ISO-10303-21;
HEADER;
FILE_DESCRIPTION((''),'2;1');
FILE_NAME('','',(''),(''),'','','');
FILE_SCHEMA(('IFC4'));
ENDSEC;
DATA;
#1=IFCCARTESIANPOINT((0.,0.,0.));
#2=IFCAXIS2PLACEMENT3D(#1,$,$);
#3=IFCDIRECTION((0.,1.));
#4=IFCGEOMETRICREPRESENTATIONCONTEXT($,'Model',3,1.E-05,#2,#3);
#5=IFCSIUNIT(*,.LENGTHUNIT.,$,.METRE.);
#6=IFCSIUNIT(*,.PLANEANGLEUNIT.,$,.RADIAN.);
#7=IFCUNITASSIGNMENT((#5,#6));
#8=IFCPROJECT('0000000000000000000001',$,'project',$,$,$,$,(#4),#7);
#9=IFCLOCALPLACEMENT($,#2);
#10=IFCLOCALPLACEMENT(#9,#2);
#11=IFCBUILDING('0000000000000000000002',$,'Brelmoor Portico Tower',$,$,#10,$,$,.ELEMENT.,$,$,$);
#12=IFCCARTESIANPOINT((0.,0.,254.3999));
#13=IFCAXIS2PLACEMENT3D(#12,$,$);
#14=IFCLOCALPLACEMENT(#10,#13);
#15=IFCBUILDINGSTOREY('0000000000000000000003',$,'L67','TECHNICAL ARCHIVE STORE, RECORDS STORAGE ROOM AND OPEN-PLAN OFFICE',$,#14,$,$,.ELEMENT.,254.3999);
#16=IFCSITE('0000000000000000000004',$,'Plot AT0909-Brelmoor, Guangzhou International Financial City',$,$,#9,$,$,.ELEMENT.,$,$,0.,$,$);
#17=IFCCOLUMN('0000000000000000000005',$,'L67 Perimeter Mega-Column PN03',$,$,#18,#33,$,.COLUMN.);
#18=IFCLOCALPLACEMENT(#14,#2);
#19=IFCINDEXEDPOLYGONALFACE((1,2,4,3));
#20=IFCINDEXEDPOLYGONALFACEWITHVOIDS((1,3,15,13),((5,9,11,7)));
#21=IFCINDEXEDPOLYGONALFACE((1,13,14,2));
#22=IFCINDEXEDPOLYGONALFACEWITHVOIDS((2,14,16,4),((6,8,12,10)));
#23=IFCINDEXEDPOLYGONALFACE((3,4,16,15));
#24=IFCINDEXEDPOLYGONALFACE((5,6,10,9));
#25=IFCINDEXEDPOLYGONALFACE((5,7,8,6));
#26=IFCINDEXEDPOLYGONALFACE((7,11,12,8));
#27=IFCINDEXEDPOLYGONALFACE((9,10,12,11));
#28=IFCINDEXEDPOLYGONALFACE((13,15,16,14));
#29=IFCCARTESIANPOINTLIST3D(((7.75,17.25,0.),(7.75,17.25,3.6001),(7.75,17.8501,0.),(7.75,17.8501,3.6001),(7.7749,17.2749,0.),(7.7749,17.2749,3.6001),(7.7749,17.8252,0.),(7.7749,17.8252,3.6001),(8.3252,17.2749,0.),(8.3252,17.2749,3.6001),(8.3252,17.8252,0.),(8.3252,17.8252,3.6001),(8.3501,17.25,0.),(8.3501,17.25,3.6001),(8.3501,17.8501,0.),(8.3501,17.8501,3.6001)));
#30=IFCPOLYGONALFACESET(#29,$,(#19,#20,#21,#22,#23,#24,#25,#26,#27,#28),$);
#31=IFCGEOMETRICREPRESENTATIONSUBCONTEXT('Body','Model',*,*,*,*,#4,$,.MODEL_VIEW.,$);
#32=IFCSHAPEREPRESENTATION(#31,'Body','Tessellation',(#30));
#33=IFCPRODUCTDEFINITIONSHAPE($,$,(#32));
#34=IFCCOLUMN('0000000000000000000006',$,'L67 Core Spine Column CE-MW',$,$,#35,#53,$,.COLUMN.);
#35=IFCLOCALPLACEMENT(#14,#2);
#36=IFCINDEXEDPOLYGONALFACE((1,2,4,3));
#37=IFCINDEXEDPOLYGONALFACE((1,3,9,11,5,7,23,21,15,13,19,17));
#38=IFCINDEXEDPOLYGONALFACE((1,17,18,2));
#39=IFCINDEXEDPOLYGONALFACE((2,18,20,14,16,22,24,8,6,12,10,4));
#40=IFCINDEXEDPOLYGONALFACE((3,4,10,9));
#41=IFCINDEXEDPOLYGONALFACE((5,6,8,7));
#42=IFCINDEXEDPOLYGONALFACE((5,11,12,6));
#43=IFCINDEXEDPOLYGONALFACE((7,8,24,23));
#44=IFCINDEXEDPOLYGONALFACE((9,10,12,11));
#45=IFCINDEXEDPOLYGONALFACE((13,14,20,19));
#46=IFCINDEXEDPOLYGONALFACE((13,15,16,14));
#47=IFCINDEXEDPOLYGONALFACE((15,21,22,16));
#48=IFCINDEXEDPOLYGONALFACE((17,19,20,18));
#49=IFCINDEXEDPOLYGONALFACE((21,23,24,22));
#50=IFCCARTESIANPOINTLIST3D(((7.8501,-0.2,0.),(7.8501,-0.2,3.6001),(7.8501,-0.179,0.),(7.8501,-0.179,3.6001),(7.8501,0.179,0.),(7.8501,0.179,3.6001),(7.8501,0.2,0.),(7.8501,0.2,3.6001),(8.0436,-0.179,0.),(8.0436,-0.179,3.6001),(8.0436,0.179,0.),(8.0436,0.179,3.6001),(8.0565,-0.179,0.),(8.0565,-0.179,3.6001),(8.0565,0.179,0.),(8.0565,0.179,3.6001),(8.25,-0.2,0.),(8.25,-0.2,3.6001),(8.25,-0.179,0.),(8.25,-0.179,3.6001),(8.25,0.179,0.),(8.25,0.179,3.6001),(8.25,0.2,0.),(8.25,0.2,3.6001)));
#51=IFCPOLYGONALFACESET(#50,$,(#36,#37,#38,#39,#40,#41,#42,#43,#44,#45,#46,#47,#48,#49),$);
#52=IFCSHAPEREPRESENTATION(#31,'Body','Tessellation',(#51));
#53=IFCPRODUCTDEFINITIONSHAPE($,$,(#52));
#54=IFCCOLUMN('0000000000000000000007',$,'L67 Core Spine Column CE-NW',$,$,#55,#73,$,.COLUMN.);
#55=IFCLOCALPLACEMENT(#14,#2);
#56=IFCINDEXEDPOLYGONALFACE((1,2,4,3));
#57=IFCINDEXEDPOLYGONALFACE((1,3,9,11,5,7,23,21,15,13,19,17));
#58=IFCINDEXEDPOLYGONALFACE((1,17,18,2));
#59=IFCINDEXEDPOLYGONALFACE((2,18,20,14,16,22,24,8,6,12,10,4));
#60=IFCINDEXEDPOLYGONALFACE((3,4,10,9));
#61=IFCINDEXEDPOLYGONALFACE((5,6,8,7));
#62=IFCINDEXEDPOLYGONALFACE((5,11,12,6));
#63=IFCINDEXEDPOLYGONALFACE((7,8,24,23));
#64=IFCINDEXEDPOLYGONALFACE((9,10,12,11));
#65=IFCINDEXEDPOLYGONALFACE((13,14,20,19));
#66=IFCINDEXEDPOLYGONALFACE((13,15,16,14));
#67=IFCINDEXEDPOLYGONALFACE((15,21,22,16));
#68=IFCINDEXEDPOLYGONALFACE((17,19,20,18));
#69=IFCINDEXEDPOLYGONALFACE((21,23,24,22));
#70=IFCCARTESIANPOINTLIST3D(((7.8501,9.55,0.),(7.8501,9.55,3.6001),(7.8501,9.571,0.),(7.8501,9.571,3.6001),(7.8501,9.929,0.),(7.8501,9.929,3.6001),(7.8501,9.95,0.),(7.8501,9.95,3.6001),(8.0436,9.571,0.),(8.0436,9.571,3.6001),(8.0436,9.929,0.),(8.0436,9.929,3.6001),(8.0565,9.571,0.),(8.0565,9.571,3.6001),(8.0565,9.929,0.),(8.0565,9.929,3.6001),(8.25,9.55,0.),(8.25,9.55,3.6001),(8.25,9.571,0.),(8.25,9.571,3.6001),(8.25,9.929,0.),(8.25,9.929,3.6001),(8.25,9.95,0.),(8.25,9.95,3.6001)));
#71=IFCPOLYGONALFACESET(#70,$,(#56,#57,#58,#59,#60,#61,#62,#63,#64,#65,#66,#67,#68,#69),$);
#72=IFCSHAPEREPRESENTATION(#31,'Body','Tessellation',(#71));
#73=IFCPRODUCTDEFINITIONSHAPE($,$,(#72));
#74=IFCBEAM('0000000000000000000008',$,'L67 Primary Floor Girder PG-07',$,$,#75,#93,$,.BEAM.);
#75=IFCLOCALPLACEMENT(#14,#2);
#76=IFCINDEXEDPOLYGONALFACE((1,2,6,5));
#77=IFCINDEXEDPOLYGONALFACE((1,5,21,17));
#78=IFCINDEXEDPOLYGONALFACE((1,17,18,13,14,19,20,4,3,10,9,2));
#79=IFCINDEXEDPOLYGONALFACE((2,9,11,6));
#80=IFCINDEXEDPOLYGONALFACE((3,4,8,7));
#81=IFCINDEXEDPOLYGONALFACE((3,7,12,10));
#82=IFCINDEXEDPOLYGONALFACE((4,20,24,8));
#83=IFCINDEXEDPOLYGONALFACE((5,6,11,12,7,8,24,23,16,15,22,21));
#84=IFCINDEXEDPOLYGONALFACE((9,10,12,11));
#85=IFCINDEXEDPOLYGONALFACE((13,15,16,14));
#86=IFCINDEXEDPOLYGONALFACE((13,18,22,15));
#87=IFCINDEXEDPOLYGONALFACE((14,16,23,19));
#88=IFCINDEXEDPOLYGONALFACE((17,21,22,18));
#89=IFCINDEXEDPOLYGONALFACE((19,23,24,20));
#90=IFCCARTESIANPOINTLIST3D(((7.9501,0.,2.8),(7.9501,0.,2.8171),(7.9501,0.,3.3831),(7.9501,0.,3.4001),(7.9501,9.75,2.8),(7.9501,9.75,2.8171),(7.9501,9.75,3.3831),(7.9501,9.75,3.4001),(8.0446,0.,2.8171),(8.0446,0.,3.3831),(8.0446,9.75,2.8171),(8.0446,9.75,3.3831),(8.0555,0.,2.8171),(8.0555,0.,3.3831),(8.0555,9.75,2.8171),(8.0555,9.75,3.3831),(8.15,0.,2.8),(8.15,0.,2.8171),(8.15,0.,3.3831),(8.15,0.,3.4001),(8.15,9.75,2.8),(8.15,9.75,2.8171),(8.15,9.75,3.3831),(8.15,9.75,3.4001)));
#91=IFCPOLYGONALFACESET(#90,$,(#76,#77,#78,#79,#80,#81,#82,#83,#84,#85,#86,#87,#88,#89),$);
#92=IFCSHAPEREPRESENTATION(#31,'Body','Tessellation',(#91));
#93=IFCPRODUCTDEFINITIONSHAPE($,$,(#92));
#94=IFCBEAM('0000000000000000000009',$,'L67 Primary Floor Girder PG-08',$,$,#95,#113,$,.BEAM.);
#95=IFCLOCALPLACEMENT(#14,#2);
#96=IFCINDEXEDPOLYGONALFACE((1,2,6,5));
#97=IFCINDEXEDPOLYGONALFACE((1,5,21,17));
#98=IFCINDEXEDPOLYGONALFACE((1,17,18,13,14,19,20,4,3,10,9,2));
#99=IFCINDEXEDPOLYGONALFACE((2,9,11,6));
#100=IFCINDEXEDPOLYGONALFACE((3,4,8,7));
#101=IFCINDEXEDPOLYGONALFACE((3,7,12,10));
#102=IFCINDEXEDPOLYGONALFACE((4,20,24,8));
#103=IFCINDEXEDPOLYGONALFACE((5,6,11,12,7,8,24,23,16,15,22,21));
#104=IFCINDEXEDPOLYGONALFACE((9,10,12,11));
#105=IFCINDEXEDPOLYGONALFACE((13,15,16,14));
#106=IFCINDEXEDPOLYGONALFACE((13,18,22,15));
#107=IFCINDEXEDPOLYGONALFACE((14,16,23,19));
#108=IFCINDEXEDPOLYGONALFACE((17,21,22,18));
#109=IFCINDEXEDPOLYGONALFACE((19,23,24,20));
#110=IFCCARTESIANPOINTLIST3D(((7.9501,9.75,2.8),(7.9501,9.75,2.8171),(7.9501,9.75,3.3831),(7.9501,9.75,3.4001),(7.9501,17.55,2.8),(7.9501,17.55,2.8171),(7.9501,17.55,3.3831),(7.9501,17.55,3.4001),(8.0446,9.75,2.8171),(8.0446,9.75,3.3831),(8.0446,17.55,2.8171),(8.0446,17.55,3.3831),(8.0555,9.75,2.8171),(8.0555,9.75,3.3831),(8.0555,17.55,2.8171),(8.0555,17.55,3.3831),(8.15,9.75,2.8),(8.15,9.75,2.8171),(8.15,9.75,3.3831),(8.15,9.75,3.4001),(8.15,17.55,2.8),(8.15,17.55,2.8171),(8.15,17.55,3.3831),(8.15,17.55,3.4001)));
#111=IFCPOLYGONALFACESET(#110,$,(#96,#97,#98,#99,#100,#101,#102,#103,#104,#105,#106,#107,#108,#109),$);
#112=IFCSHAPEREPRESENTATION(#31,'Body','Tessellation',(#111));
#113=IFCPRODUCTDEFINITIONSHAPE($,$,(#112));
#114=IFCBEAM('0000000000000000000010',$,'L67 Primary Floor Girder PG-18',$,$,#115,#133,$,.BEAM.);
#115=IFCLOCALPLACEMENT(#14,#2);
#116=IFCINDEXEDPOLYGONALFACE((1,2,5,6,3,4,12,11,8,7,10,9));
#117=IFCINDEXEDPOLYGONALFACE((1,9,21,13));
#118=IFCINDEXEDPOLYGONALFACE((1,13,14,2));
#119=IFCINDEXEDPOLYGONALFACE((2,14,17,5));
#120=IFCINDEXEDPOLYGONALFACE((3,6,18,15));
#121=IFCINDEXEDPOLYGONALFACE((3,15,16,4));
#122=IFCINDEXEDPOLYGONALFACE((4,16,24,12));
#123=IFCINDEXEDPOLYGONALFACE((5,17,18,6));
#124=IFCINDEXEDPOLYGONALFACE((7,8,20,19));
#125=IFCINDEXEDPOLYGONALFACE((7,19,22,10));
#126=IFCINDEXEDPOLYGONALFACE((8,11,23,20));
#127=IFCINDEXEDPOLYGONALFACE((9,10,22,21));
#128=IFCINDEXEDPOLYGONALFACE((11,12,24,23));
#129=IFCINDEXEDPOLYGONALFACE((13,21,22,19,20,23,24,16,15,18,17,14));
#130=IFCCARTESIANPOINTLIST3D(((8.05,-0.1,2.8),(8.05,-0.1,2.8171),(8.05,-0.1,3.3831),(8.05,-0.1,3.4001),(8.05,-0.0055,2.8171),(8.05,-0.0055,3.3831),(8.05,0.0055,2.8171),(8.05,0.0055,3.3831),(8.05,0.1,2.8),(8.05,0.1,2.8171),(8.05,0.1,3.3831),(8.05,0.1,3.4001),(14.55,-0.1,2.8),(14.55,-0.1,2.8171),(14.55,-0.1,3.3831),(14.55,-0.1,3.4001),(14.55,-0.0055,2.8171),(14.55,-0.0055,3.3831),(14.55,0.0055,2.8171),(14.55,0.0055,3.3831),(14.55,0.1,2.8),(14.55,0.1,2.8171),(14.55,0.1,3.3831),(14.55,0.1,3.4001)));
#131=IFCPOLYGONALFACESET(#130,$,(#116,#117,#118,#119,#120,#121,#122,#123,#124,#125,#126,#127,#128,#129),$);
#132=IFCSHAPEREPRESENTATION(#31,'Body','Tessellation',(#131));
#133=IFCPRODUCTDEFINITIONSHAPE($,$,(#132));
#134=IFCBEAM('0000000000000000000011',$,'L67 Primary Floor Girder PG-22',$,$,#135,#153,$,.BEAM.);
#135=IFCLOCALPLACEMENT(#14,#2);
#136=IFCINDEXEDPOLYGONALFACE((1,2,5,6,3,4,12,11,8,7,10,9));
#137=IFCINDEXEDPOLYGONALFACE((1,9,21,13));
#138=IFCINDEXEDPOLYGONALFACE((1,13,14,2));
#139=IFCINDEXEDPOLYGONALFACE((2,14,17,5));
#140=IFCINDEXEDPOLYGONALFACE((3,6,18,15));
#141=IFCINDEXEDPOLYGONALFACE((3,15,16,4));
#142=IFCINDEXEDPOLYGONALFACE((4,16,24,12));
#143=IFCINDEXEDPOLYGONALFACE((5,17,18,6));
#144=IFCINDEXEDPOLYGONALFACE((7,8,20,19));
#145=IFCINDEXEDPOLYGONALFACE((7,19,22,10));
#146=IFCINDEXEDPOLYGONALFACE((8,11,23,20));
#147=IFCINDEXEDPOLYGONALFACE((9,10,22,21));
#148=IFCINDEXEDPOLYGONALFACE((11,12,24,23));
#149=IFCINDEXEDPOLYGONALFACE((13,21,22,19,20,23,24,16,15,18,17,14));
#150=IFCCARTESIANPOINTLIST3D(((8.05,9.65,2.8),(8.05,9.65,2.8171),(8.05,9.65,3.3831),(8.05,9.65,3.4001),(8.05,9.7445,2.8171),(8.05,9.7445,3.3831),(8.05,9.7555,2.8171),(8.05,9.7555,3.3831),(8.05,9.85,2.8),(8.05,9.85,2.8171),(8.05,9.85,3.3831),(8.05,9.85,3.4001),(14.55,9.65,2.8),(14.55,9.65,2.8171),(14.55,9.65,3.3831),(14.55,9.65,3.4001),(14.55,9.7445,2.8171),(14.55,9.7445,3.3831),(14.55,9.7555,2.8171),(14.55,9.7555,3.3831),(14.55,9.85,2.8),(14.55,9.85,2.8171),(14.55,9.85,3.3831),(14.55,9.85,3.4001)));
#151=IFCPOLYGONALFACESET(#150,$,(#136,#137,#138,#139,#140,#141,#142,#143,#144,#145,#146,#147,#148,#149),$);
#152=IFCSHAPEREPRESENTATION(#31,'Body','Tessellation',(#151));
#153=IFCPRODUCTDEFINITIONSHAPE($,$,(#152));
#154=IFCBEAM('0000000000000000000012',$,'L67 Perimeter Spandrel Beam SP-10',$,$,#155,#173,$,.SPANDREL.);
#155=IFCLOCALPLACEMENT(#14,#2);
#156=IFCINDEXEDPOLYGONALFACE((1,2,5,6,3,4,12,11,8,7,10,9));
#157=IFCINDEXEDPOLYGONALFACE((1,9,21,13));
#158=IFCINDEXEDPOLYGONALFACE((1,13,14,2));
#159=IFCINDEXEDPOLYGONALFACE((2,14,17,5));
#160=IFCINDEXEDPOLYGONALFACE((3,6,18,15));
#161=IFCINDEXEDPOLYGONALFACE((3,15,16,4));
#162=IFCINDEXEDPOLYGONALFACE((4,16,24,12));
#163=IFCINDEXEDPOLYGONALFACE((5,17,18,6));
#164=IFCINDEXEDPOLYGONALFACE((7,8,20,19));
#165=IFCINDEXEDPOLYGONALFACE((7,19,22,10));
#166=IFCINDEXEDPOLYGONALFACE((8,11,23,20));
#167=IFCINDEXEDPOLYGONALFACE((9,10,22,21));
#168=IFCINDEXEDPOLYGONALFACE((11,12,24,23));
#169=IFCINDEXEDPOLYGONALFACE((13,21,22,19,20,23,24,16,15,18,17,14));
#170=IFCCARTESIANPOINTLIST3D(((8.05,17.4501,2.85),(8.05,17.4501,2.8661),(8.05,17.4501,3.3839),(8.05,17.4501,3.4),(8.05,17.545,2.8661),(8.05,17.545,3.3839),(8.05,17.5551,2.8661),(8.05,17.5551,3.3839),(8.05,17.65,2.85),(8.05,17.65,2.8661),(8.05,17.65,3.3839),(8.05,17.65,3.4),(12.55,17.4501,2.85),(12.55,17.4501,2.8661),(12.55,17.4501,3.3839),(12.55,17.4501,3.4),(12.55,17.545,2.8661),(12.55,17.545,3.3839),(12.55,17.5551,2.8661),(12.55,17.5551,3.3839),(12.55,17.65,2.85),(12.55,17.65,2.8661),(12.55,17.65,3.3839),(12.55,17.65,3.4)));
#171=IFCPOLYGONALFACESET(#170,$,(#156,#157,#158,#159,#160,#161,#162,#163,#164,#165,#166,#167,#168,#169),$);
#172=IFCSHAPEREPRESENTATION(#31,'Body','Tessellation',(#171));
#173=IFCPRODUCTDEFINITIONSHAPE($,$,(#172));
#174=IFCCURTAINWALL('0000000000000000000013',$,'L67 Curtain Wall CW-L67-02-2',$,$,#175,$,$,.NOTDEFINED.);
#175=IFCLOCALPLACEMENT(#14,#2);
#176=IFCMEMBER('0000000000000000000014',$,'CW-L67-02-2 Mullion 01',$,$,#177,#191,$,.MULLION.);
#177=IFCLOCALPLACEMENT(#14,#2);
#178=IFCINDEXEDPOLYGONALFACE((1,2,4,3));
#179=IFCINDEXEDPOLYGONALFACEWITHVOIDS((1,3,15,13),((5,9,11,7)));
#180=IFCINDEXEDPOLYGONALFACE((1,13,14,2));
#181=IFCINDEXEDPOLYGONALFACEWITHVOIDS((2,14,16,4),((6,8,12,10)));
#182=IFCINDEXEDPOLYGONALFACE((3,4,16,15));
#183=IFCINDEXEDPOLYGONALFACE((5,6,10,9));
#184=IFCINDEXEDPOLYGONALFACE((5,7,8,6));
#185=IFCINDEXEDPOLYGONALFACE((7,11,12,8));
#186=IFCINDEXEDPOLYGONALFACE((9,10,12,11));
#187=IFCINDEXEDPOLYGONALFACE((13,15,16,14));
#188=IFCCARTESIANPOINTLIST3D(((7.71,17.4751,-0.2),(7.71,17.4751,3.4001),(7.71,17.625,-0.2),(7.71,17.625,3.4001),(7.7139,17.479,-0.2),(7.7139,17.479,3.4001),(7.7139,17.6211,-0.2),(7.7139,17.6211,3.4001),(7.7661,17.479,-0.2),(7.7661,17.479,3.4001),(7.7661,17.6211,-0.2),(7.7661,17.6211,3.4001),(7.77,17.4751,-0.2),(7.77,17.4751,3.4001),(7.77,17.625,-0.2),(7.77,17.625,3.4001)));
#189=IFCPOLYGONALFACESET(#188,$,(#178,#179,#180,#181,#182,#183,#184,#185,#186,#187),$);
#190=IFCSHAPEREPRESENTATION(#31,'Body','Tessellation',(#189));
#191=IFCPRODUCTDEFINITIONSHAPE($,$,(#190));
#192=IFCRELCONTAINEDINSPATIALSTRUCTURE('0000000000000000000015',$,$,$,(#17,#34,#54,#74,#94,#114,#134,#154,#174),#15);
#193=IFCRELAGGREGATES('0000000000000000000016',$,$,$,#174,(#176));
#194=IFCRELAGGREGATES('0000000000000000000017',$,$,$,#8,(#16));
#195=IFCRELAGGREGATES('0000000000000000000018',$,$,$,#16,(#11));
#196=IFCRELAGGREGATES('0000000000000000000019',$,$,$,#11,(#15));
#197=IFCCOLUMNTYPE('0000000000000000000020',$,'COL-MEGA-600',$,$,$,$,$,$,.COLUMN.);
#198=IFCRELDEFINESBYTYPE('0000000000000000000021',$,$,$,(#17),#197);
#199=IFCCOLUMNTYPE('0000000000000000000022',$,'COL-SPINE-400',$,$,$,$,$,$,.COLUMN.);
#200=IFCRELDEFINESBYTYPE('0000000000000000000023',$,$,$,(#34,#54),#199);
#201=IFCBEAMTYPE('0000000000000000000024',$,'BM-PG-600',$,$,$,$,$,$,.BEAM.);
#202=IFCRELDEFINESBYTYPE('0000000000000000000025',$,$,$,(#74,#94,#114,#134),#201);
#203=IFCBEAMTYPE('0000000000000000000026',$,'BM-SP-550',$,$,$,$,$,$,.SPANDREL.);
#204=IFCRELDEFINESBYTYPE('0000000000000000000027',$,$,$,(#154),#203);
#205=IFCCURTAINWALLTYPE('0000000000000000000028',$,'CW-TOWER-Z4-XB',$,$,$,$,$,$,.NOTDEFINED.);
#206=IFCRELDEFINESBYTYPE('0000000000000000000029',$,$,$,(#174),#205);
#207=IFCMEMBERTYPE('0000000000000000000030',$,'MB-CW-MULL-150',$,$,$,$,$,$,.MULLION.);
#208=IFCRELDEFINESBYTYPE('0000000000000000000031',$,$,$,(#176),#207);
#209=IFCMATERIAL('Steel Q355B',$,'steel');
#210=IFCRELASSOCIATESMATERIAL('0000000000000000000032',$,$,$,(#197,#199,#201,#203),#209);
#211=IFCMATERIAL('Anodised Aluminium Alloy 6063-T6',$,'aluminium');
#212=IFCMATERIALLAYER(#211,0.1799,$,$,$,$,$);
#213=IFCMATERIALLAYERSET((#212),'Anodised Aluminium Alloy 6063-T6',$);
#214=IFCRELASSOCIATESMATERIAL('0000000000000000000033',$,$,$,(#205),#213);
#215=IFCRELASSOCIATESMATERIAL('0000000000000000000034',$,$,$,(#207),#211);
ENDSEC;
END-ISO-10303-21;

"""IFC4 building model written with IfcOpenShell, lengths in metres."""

from ifc_helpers import new_model, si_unit, direction, frame, origin, origin_2d, place, context, subcontext, project, spatial, hollow_rectangle, i_section, extrude, material, layer, layer_set, material_profile, profile_set, type_object, element, aggregate, save


model = new_model("IFC4")

# Units and contexts
model_context = context("Model", 3, precision=1e-05, world=origin(), true_north=direction((0.0, 1.0)))
body_context = subcontext(model_context, "Body", "Model", "MODEL_VIEW")
ifc_project = project(units=[si_unit("LENGTHUNIT", "METRE"), si_unit("PLANEANGLEUNIT", "RADIAN")], contexts=[model_context])

# Site, building, storey
site_placement = place(None, origin())
site = spatial("IfcSite", under=ifc_project, at=site_placement, Name="Plot AT0909-Brelmoor, Guangzhou International Financial City", CompositionType="ELEMENT", RefElevation=0.0)
building_placement = place(site_placement, origin())
building = spatial("IfcBuilding", under=site, at=building_placement, Name="Brelmoor Portico Tower", CompositionType="ELEMENT")
storey_placement = place(building_placement, frame((0.0, 0.0, 254.3999)))
storey = spatial("IfcBuildingStorey", under=building, at=storey_placement, Name="L67", Description="TECHNICAL ARCHIVE STORE, RECORDS STORAGE ROOM AND OPEN-PLAN OFFICE", CompositionType="ELEMENT", Elevation=254.3999)

# Columns
ifc_material_1 = material(Name="Steel Q355B", Category="steel")
ifc_material_profile_1 = material_profile(ifc_material_1, hollow_rectangle(XDim=0.6001, YDim=0.6001, WallThickness=0.0249, at=origin_2d()), Name="BOX 600x600x25")
ifc_profile_set_1 = profile_set([ifc_material_profile_1], Name="Steel Q355B")
column_type_1 = type_object("IfcColumnType", Name="COL-MEGA-600", PredefinedType="COLUMN", material=ifc_profile_set_1)
column_placement = place(storey_placement, frame((8.05, 17.55, 0.0), z_axis=(0.0, 0.0, 1.0), x_axis=(1.0, 0.0, 0.0)))
element("IfcColumn", 1, at=column_placement, inside=storey, type_object=column_type_1, Name="L67 Perimeter Mega-Column PN03", PredefinedType="COLUMN", context=body_context, shape_type="SweptSolid", body=[
    extrude(hollow_rectangle(XDim=0.6001, YDim=0.6001, WallThickness=0.0249, at=origin_2d()), origin(), (0.0, 0.0, 1.0), 3.6001),
])
ifc_material_profile_2 = material_profile(ifc_material_1, i_section(OverallWidth=0.3999, OverallDepth=0.3999, WebThickness=0.0129, FlangeThickness=0.021, at=origin_2d()), Name="HW 400x400x13x21")
ifc_profile_set_2 = profile_set([ifc_material_profile_2], Name="Steel Q355B")
column_type_2 = type_object("IfcColumnType", Name="COL-SPINE-400", PredefinedType="COLUMN", material=ifc_profile_set_2)
for number, where, z_axis, x_axis, name in (
    (2, (8.05, 0.0, 0.0), (0.0, 0.0, 1.0), (1.0, 0.0, 0.0), "L67 Core Spine Column CE-MW"),
    (3, (8.05, 9.75, 0.0), (0.0, 0.0, 1.0), (1.0, 0.0, 0.0), "L67 Core Spine Column CE-NW"),
):
    element("IfcColumn", number, at=place(storey_placement, frame(where, z_axis=z_axis, x_axis=x_axis)), inside=storey, type_object=column_type_2, Name=name, PredefinedType="COLUMN", context=body_context, shape_type="SweptSolid", body=[
        extrude(i_section(OverallWidth=0.3999, OverallDepth=0.3999, WebThickness=0.0129, FlangeThickness=0.021, at=origin_2d()), origin(), (0.0, 0.0, 1.0), 3.6001),
    ])

# Beams
ifc_material_profile_3 = material_profile(ifc_material_1, i_section(OverallWidth=0.2, OverallDepth=0.6001, WebThickness=0.011, FlangeThickness=0.0171, at=origin_2d()), Name="HN 600x200x11x17")
ifc_profile_set_3 = profile_set([ifc_material_profile_3], Name="Steel Q355B")
beam_type_1 = type_object("IfcBeamType", Name="BM-PG-600", PredefinedType="BEAM", material=ifc_profile_set_3)
beam_1_placement = place(storey_placement, frame((8.05, 0.0, 3.1001), z_axis=(0.0, 1.0, 0.0), x_axis=(-1.0, 0.0, 0.0)))
element("IfcBeam", 4, at=beam_1_placement, inside=storey, type_object=beam_type_1, Name="L67 Primary Floor Girder PG-07", PredefinedType="BEAM", context=body_context, shape_type="SweptSolid", body=[
    extrude(i_section(OverallWidth=0.2, OverallDepth=0.6001, WebThickness=0.011, FlangeThickness=0.0171, at=origin_2d()), origin(), (0.0, 0.0, 1.0), 9.75),
])
beam_2_placement = place(storey_placement, frame((8.05, 9.75, 3.1001), z_axis=(0.0, 1.0, 0.0), x_axis=(-1.0, 0.0, 0.0)))
element("IfcBeam", 5, at=beam_2_placement, inside=storey, type_object=beam_type_1, Name="L67 Primary Floor Girder PG-08", PredefinedType="BEAM", context=body_context, shape_type="SweptSolid", body=[
    extrude(i_section(OverallWidth=0.2, OverallDepth=0.6001, WebThickness=0.011, FlangeThickness=0.0171, at=origin_2d()), origin(), (0.0, 0.0, 1.0), 7.8),
])
for number, where, z_axis, x_axis, name in (
    (6, (8.05, 0.0, 3.1001), (1.0, 0.0, 0.0), (0.0, 1.0, 0.0), "L67 Primary Floor Girder PG-18"),
    (7, (8.05, 9.75, 3.1001), (1.0, 0.0, 0.0), (0.0, 1.0, 0.0), "L67 Primary Floor Girder PG-22"),
):
    element("IfcBeam", number, at=place(storey_placement, frame(where, z_axis=z_axis, x_axis=x_axis)), inside=storey, type_object=beam_type_1, Name=name, PredefinedType="BEAM", context=body_context, shape_type="SweptSolid", body=[
        extrude(i_section(OverallWidth=0.2, OverallDepth=0.6001, WebThickness=0.011, FlangeThickness=0.0171, at=origin_2d()), origin(), (0.0, 0.0, 1.0), 6.5),
    ])
ifc_material_profile_4 = material_profile(ifc_material_1, i_section(OverallWidth=0.2, OverallDepth=0.55, WebThickness=0.01, FlangeThickness=0.0161, at=origin_2d()), Name="HN 550x200x10x16")
ifc_profile_set_4 = profile_set([ifc_material_profile_4], Name="Steel Q355B")
beam_type_2 = type_object("IfcBeamType", Name="BM-SP-550", PredefinedType="SPANDREL", material=ifc_profile_set_4)
beam_3_placement = place(storey_placement, frame((8.05, 17.55, 3.125), z_axis=(1.0, 0.0, 0.0), x_axis=(0.0, 1.0, 0.0)))
element("IfcBeam", 8, at=beam_3_placement, inside=storey, type_object=beam_type_2, Name="L67 Perimeter Spandrel Beam SP-10", PredefinedType="SPANDREL", context=body_context, shape_type="SweptSolid", body=[
    extrude(i_section(OverallWidth=0.2, OverallDepth=0.55, WebThickness=0.01, FlangeThickness=0.0161, at=origin_2d()), origin(), (0.0, 0.0, 1.0), 4.5),
])

# Curtain wall, member
ifc_material_2 = material(Name="Anodised Aluminium Alloy 6063-T6", Category="aluminium")
ifc_layer_1 = layer(ifc_material_2, 0.1799)
ifc_layer_set_1 = layer_set([ifc_layer_1], Name="Anodised Aluminium Alloy 6063-T6")
curtain_wall_type = type_object("IfcCurtainWallType", Name="CW-TOWER-Z4-XB", PredefinedType="NOTDEFINED", material=ifc_layer_set_1)
curtain_wall_1_placement = place(storey_placement, origin())
curtain_wall_1 = element("IfcCurtainWall", 9, at=curtain_wall_1_placement, inside=storey, type_object=curtain_wall_type, Name="L67 Curtain Wall CW-L67-02-2", PredefinedType="NOTDEFINED")
ifc_material_profile_5 = material_profile(ifc_material_2, hollow_rectangle(XDim=0.0601, YDim=0.1499, WallThickness=0.0039, at=origin_2d()), Name="ALU MULLION 60x150")
ifc_profile_set_5 = profile_set([ifc_material_profile_5], Name="Anodised Aluminium Alloy 6063-T6")
member_type_1 = type_object("IfcMemberType", Name="MB-CW-MULL-150", PredefinedType="MULLION", material=ifc_profile_set_5)
member_1_placement = place(storey_placement, frame((7.74, 17.55, -0.2), z_axis=(0.0, 0.0, 1.0), x_axis=(1.0, 0.0, 0.0)))
member_1 = element("IfcMember", 10, at=member_1_placement, type_object=member_type_1, Name="CW-L67-02-2 Mullion 01", PredefinedType="MULLION", context=body_context, shape_type="SweptSolid", body=[
    extrude(hollow_rectangle(XDim=0.0601, YDim=0.1499, WallThickness=0.0039, at=origin_2d()), origin(), (0.0, 0.0, 1.0), 3.6001),
])

aggregate(curtain_wall_1, [member_1])

save(model, "model.ifc")
